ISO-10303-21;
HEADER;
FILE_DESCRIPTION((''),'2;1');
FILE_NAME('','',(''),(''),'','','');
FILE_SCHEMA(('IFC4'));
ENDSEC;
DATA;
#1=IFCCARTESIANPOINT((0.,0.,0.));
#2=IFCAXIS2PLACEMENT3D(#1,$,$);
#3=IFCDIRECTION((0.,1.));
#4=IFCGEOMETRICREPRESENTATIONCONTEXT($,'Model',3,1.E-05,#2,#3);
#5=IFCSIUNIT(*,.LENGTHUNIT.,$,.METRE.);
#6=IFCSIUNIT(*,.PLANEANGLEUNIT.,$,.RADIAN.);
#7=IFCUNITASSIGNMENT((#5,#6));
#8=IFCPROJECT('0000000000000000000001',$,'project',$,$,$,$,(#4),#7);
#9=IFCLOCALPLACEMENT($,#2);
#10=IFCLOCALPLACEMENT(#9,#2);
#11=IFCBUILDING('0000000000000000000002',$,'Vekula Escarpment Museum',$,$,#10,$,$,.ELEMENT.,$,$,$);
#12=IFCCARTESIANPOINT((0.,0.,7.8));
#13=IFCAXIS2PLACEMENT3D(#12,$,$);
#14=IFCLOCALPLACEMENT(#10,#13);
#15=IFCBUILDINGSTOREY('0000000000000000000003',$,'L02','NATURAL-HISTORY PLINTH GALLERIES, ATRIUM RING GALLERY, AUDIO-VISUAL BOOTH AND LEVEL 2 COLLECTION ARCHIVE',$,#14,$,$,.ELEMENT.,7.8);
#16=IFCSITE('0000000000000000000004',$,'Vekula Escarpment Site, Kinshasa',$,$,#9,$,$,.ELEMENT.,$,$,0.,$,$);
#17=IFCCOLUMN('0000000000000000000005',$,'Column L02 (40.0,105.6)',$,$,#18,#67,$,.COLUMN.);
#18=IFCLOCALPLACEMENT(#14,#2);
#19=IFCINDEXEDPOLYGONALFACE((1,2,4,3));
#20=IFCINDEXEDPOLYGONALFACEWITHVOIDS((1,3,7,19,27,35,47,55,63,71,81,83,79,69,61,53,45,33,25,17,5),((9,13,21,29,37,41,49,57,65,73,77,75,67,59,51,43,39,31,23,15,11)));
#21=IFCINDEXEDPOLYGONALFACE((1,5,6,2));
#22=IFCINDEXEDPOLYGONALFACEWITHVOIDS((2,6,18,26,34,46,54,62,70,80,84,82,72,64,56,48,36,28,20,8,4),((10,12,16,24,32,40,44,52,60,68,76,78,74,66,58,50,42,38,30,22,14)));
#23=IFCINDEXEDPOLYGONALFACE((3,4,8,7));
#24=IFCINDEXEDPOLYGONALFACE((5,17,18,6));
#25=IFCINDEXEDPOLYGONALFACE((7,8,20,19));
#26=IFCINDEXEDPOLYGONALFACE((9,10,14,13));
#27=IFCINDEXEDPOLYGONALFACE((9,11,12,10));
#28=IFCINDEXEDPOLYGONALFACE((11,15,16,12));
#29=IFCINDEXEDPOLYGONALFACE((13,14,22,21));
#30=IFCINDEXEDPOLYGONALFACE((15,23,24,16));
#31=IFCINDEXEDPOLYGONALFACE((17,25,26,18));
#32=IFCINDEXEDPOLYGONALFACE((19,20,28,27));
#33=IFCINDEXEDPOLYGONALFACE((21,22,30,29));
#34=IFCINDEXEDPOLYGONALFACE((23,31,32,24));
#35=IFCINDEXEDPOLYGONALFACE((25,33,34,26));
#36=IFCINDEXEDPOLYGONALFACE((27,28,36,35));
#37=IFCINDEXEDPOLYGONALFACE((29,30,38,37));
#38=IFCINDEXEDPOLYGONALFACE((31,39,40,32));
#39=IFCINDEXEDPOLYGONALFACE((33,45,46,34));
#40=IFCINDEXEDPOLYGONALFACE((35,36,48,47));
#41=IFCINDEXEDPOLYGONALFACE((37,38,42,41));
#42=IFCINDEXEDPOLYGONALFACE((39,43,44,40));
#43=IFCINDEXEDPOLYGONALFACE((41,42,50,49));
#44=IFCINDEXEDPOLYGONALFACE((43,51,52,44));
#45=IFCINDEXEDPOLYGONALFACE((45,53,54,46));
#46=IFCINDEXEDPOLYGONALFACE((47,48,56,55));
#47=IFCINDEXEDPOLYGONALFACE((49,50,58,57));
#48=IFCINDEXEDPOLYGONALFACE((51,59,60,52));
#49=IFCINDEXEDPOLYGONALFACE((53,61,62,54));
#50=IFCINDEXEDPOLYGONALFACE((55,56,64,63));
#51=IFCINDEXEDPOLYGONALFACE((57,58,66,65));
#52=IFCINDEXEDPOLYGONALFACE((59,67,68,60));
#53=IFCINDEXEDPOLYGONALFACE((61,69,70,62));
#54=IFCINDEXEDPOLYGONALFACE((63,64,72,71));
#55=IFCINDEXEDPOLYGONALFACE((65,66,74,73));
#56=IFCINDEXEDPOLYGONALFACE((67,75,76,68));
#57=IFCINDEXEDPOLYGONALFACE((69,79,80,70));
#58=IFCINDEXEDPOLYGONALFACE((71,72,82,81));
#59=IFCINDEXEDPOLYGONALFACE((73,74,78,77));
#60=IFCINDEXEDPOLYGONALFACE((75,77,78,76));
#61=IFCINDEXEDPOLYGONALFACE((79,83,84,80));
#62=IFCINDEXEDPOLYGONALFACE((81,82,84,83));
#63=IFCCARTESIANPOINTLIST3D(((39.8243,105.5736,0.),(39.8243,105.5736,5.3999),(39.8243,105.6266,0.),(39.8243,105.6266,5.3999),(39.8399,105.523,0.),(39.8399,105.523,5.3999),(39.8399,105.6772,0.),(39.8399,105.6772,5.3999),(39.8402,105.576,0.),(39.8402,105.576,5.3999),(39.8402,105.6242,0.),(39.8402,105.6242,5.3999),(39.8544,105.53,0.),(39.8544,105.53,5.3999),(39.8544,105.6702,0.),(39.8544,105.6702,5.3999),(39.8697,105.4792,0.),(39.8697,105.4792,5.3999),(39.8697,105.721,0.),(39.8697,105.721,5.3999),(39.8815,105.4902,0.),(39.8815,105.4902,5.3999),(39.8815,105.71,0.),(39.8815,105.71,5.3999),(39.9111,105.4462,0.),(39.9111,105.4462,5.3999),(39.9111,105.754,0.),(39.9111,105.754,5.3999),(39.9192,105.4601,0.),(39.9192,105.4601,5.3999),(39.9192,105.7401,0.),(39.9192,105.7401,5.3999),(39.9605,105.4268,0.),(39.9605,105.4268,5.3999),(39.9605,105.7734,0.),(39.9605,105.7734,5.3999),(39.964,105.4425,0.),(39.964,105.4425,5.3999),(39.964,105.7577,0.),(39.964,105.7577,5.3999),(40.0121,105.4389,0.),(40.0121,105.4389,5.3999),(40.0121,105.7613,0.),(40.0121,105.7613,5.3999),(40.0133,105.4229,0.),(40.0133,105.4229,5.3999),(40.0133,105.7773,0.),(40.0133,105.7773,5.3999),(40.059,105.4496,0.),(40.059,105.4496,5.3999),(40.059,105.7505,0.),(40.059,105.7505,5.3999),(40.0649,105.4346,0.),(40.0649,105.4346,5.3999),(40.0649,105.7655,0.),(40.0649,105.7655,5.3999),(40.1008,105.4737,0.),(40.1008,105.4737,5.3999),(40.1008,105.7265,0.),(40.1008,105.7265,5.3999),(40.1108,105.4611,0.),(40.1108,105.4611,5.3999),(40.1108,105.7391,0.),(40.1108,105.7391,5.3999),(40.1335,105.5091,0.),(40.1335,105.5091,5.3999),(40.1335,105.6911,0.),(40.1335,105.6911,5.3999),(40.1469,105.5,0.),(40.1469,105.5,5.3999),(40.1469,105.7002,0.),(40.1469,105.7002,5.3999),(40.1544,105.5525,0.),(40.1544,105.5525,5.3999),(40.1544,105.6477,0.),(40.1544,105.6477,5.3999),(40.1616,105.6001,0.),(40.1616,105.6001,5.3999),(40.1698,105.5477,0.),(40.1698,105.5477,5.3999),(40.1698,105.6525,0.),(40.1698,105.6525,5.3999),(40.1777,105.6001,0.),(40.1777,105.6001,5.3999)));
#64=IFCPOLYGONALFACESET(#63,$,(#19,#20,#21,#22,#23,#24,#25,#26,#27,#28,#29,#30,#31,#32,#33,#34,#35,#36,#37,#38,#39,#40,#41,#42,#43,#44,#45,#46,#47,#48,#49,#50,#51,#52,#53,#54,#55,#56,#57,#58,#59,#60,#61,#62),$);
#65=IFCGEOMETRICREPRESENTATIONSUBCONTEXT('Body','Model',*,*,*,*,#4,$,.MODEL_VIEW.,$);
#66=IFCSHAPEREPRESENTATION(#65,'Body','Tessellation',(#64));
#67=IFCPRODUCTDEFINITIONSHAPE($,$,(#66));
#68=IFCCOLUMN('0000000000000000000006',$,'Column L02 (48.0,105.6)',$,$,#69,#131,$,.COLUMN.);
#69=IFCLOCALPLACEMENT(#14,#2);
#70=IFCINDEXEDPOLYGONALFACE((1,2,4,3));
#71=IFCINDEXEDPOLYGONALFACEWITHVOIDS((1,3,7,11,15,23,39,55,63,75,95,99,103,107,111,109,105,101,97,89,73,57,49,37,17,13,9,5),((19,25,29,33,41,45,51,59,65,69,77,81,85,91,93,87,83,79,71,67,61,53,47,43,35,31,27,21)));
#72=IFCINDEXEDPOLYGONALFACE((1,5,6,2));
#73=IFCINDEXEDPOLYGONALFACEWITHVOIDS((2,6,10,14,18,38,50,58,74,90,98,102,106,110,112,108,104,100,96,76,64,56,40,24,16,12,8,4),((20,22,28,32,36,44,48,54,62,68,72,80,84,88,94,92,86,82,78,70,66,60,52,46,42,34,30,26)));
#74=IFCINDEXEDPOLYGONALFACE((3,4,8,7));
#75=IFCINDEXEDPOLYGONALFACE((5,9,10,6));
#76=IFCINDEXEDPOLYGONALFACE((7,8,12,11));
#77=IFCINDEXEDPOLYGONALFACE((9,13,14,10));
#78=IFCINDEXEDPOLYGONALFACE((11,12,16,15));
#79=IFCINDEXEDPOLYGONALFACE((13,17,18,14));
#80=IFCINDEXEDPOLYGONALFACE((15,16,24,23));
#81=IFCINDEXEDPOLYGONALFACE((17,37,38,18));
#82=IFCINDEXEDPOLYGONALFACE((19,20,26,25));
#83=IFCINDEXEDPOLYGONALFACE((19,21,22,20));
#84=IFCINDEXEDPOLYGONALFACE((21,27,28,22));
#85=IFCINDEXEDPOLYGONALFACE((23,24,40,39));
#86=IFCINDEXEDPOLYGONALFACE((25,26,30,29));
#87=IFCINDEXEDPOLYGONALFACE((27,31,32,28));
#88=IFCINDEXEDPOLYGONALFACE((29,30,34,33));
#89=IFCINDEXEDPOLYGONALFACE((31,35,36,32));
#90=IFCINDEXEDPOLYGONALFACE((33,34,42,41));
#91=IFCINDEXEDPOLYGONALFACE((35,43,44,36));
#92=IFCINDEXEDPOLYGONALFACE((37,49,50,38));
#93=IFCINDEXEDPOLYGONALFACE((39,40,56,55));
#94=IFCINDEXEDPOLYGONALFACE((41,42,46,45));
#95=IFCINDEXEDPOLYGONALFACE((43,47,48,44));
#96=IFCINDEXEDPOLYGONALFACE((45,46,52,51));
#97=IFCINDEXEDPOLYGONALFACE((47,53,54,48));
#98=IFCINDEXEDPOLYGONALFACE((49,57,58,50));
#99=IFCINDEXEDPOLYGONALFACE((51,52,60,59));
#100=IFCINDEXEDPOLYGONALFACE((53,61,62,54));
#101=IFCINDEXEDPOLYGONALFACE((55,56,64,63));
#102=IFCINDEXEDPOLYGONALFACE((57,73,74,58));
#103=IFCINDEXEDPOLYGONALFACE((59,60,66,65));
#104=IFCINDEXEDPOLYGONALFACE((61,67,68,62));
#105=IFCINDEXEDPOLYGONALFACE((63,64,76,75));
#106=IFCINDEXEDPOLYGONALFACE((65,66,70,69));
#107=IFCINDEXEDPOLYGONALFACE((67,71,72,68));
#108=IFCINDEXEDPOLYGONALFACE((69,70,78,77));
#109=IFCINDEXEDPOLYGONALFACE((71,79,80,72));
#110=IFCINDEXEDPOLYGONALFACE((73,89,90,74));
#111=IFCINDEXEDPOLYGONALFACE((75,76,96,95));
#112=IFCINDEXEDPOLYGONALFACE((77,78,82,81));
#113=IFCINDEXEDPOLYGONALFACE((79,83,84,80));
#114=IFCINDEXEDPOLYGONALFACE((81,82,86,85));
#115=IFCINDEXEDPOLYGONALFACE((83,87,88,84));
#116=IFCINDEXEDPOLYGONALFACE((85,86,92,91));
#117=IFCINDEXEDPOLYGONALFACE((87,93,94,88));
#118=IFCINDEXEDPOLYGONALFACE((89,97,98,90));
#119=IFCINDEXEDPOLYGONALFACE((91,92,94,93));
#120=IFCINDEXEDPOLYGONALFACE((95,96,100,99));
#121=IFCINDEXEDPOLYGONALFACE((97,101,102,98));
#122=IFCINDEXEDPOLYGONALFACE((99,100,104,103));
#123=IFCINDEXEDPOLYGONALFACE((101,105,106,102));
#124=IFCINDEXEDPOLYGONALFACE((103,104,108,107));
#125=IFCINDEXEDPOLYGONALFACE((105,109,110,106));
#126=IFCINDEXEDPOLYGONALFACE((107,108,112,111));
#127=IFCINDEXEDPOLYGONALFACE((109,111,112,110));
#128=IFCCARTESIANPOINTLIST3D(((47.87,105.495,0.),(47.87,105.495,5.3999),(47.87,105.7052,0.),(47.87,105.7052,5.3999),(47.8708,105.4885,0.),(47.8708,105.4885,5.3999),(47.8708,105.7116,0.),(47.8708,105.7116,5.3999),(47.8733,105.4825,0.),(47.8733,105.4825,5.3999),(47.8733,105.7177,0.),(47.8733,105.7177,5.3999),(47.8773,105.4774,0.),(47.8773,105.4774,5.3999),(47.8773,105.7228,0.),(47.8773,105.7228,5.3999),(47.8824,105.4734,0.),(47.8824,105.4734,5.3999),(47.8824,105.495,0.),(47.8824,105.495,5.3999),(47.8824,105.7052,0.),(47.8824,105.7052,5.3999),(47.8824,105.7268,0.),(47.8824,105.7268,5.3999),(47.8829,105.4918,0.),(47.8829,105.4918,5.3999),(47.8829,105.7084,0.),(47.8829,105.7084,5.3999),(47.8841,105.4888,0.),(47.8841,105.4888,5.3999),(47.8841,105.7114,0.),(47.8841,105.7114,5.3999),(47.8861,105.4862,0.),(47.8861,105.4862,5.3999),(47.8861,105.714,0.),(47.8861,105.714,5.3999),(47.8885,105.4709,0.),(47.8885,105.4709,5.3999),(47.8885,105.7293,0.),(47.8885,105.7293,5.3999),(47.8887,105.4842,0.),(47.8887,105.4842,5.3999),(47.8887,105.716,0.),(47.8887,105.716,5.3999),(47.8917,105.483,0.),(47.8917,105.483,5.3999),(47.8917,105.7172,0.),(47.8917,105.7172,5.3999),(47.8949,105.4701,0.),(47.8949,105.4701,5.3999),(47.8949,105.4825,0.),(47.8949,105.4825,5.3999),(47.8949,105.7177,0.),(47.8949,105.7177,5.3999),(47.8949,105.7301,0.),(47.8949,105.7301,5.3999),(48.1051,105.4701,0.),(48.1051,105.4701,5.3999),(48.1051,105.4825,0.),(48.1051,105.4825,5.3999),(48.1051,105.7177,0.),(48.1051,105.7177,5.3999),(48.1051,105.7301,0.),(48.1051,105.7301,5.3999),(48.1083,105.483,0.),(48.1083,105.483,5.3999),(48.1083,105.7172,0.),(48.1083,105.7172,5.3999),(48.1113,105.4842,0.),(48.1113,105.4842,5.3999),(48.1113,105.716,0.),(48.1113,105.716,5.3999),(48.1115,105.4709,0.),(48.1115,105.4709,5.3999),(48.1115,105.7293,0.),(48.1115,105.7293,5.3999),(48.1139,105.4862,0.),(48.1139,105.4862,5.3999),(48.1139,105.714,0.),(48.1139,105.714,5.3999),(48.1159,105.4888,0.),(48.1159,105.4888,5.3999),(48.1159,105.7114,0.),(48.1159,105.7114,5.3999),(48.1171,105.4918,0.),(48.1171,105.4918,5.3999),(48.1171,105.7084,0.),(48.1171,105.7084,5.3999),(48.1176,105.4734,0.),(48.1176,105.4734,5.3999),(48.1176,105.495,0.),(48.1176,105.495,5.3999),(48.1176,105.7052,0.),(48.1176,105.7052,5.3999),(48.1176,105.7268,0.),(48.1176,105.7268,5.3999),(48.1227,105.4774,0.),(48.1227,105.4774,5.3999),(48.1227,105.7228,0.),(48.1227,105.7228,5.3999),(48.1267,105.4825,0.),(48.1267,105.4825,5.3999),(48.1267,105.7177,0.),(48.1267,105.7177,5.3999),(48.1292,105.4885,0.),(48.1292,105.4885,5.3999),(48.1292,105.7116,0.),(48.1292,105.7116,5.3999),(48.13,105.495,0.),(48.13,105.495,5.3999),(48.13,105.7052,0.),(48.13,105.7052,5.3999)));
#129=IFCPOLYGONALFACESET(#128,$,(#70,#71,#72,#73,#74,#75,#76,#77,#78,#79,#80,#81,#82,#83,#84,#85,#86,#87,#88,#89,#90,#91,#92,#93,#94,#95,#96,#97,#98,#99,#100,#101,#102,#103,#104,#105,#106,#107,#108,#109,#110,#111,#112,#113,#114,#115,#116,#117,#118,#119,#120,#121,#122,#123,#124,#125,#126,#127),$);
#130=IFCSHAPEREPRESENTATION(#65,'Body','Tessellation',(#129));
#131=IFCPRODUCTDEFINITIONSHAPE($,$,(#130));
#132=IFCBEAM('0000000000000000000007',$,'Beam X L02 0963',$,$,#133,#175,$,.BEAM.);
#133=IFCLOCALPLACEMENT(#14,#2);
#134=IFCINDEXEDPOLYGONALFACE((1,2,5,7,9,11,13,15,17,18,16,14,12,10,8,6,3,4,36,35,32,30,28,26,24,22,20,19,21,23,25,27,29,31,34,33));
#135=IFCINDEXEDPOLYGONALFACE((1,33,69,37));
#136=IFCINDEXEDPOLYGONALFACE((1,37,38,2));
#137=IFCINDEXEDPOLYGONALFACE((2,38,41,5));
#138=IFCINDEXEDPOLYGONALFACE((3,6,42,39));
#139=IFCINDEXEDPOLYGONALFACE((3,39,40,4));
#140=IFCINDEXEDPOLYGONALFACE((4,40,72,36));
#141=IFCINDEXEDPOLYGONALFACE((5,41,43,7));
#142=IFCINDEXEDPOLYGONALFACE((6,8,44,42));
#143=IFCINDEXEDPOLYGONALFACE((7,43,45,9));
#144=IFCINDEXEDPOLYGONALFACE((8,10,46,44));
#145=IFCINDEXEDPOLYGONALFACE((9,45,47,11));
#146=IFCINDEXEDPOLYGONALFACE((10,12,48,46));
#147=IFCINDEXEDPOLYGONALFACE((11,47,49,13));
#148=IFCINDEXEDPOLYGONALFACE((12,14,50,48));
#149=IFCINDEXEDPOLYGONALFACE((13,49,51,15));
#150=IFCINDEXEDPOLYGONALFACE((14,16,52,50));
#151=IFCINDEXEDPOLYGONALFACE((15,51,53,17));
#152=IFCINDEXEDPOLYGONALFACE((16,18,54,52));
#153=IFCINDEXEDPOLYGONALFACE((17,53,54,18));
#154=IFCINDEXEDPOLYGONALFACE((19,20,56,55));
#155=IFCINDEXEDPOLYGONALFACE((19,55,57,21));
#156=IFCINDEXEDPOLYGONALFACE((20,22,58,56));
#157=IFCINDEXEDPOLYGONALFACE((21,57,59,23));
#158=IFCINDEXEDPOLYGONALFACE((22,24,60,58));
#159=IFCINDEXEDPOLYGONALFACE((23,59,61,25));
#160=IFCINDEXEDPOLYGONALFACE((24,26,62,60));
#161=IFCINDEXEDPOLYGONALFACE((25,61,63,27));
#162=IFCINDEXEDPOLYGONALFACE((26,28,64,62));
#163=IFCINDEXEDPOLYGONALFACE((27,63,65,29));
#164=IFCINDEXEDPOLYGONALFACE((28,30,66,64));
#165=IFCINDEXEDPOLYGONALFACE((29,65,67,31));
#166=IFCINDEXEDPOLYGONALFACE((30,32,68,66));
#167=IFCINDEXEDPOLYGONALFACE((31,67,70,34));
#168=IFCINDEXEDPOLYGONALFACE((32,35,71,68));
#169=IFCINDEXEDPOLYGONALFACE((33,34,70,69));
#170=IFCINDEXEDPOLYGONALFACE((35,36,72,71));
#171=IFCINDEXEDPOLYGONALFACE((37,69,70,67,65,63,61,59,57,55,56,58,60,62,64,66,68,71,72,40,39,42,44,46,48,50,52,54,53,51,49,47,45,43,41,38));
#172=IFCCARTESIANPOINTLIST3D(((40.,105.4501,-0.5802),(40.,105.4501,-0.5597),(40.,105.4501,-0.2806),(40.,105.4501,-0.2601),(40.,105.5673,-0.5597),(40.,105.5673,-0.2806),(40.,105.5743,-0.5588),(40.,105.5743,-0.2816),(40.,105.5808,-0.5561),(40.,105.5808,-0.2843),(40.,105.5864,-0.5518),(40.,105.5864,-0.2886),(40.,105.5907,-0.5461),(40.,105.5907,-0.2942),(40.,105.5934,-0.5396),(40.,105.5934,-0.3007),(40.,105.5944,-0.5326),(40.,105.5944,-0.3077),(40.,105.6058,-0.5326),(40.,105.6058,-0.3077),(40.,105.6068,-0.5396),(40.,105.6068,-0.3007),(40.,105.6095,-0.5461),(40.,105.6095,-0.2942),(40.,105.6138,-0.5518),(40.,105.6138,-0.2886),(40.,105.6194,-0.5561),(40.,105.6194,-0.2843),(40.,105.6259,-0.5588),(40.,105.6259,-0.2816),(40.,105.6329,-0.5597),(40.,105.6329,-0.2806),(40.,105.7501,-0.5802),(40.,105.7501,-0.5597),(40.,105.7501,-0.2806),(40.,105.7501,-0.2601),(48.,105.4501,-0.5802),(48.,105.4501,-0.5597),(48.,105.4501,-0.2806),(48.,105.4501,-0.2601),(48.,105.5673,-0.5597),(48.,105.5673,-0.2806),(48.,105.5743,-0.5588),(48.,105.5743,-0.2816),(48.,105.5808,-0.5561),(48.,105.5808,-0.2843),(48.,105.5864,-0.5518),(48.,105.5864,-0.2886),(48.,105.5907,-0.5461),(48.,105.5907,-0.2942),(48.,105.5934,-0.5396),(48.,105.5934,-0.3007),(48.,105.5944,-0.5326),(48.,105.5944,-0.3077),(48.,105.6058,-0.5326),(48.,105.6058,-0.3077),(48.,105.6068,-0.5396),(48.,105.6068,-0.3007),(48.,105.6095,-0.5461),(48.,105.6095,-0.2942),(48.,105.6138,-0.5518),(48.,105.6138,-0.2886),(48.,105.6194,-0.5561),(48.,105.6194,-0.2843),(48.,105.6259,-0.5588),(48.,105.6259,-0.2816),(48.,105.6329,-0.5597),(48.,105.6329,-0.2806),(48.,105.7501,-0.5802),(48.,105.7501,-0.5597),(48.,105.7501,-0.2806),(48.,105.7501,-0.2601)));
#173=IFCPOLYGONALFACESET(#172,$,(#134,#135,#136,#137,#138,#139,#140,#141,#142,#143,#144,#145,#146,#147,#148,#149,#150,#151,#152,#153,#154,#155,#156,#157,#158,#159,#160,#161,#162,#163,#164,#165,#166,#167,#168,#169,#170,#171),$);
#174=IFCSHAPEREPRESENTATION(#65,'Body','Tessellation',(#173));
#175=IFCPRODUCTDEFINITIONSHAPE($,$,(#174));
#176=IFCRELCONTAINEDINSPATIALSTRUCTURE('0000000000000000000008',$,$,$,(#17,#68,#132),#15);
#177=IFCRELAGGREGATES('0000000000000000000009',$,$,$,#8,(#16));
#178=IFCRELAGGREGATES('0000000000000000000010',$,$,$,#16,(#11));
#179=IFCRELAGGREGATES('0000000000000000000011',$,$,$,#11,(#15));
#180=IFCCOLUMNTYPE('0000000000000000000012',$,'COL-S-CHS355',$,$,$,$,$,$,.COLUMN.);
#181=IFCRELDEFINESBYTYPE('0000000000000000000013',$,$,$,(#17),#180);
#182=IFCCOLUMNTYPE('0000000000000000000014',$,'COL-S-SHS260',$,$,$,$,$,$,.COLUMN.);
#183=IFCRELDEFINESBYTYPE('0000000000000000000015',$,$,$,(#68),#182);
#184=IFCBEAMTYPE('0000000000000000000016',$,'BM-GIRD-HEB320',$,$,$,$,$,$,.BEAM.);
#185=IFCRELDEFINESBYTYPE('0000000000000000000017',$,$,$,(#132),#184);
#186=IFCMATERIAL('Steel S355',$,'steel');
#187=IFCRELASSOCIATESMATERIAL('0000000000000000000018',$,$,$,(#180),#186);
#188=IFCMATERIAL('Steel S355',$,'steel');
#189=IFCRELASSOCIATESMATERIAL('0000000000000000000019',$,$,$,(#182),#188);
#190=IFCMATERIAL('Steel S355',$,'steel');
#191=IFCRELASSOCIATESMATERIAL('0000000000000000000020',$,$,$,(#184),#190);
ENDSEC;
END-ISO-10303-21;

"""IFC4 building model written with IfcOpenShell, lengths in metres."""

from ifc_helpers import new_model, si_unit, direction, frame, origin, origin_2d, place, context, subcontext, project, spatial, hollow_rectangle, hollow_circle, i_section, extrude, material, material_profile, profile_set, type_object, element, save


model = new_model("IFC4")

# Units and contexts
model_context = context("Model", 3, precision=1e-05, world=origin(), true_north=direction((0.0, 1.0)))
body_context = subcontext(model_context, "Body", "Model", "MODEL_VIEW")
ifc_project = project(units=[si_unit("LENGTHUNIT", "METRE"), si_unit("PLANEANGLEUNIT", "RADIAN")], contexts=[model_context])

# Site, building, storey
site_placement = place(None, origin())
site = spatial("IfcSite", under=ifc_project, at=site_placement, Name="Vekula Escarpment Site, Kinshasa", CompositionType="ELEMENT", RefElevation=0.0)
building_placement = place(site_placement, origin())
building = spatial("IfcBuilding", under=site, at=building_placement, Name="Vekula Escarpment Museum", CompositionType="ELEMENT")
storey_placement = place(building_placement, frame((0.0, 0.0, 7.8)))
storey = spatial("IfcBuildingStorey", under=building, at=storey_placement, Name="L02", Description="NATURAL-HISTORY PLINTH GALLERIES, ATRIUM RING GALLERY, AUDIO-VISUAL BOOTH AND LEVEL 2 COLLECTION ARCHIVE", CompositionType="ELEMENT", Elevation=7.8)

# Columns
ifc_material_1 = material(Name="Steel S355", Category="steel")
ifc_material_profile_1 = material_profile(ifc_material_1, hollow_circle(Radius=0.1777, WallThickness=0.0161, at=origin_2d()), Name="CHS 355.6x16")
ifc_profile_set_1 = profile_set([ifc_material_profile_1], Name="Steel S355")
column_type_1 = type_object("IfcColumnType", Name="COL-S-CHS355", PredefinedType="COLUMN", material=ifc_profile_set_1)
column_1_placement = place(storey_placement, frame((40.0, 105.6001, 0.0), z_axis=(0.0, 0.0, 1.0), x_axis=(1.0, 0.0, 0.0)))
element("IfcColumn", 1, at=column_1_placement, inside=storey, type_object=column_type_1, Name="Column L02 (40.0,105.6)", PredefinedType="COLUMN", context=body_context, shape_type="SweptSolid", body=[
    extrude(hollow_circle(Radius=0.1777, WallThickness=0.0161, at=origin_2d()), origin(), (0.0, 0.0, 1.0), 5.3999),
])
ifc_material_2 = material(Name="Steel S355", Category="steel")
ifc_material_profile_2 = material_profile(ifc_material_2, hollow_rectangle(XDim=0.26, YDim=0.26, WallThickness=0.0125, InnerFilletRadius=0.0125, OuterFilletRadius=0.0249, at=origin_2d()), Name="SHS 260x260x12.5")
ifc_profile_set_2 = profile_set([ifc_material_profile_2], Name="Steel S355")
column_type_2 = type_object("IfcColumnType", Name="COL-S-SHS260", PredefinedType="COLUMN", material=ifc_profile_set_2)
column_2_placement = place(storey_placement, frame((48.0, 105.6001, 0.0), z_axis=(0.0, 0.0, 1.0), x_axis=(1.0, 0.0, 0.0)))
element("IfcColumn", 2, at=column_2_placement, inside=storey, type_object=column_type_2, Name="Column L02 (48.0,105.6)", PredefinedType="COLUMN", context=body_context, shape_type="SweptSolid", body=[
    extrude(hollow_rectangle(XDim=0.26, YDim=0.26, WallThickness=0.0125, InnerFilletRadius=0.0125, OuterFilletRadius=0.0249, at=origin_2d()), origin(), (0.0, 0.0, 1.0), 5.3999),
])

# Beam
ifc_material_3 = material(Name="Steel S355", Category="steel")
ifc_material_profile_3 = material_profile(ifc_material_3, i_section(OverallWidth=0.3, OverallDepth=0.3201, WebThickness=0.0115, FlangeThickness=0.0205, FilletRadius=0.0271, at=origin_2d()), Name="HEB 320")
ifc_profile_set_3 = profile_set([ifc_material_profile_3], Name="Steel S355")
beam_type_1 = type_object("IfcBeamType", Name="BM-GIRD-HEB320", PredefinedType="BEAM", material=ifc_profile_set_3)
beam_1_placement = place(storey_placement, frame((40.0, 105.6001, -0.4202), z_axis=(1.0, 0.0, 0.0), x_axis=(0.0, 1.0, 0.0)))
element("IfcBeam", 3, at=beam_1_placement, inside=storey, type_object=beam_type_1, Name="Beam X L02 0963", PredefinedType="BEAM", context=body_context, shape_type="SweptSolid", body=[
    extrude(i_section(OverallWidth=0.3, OverallDepth=0.3201, WebThickness=0.0115, FlangeThickness=0.0205, FilletRadius=0.0271, at=origin_2d()), origin(), (0.0, 0.0, 1.0), 8.0),
])

save(model, "model.ifc")
